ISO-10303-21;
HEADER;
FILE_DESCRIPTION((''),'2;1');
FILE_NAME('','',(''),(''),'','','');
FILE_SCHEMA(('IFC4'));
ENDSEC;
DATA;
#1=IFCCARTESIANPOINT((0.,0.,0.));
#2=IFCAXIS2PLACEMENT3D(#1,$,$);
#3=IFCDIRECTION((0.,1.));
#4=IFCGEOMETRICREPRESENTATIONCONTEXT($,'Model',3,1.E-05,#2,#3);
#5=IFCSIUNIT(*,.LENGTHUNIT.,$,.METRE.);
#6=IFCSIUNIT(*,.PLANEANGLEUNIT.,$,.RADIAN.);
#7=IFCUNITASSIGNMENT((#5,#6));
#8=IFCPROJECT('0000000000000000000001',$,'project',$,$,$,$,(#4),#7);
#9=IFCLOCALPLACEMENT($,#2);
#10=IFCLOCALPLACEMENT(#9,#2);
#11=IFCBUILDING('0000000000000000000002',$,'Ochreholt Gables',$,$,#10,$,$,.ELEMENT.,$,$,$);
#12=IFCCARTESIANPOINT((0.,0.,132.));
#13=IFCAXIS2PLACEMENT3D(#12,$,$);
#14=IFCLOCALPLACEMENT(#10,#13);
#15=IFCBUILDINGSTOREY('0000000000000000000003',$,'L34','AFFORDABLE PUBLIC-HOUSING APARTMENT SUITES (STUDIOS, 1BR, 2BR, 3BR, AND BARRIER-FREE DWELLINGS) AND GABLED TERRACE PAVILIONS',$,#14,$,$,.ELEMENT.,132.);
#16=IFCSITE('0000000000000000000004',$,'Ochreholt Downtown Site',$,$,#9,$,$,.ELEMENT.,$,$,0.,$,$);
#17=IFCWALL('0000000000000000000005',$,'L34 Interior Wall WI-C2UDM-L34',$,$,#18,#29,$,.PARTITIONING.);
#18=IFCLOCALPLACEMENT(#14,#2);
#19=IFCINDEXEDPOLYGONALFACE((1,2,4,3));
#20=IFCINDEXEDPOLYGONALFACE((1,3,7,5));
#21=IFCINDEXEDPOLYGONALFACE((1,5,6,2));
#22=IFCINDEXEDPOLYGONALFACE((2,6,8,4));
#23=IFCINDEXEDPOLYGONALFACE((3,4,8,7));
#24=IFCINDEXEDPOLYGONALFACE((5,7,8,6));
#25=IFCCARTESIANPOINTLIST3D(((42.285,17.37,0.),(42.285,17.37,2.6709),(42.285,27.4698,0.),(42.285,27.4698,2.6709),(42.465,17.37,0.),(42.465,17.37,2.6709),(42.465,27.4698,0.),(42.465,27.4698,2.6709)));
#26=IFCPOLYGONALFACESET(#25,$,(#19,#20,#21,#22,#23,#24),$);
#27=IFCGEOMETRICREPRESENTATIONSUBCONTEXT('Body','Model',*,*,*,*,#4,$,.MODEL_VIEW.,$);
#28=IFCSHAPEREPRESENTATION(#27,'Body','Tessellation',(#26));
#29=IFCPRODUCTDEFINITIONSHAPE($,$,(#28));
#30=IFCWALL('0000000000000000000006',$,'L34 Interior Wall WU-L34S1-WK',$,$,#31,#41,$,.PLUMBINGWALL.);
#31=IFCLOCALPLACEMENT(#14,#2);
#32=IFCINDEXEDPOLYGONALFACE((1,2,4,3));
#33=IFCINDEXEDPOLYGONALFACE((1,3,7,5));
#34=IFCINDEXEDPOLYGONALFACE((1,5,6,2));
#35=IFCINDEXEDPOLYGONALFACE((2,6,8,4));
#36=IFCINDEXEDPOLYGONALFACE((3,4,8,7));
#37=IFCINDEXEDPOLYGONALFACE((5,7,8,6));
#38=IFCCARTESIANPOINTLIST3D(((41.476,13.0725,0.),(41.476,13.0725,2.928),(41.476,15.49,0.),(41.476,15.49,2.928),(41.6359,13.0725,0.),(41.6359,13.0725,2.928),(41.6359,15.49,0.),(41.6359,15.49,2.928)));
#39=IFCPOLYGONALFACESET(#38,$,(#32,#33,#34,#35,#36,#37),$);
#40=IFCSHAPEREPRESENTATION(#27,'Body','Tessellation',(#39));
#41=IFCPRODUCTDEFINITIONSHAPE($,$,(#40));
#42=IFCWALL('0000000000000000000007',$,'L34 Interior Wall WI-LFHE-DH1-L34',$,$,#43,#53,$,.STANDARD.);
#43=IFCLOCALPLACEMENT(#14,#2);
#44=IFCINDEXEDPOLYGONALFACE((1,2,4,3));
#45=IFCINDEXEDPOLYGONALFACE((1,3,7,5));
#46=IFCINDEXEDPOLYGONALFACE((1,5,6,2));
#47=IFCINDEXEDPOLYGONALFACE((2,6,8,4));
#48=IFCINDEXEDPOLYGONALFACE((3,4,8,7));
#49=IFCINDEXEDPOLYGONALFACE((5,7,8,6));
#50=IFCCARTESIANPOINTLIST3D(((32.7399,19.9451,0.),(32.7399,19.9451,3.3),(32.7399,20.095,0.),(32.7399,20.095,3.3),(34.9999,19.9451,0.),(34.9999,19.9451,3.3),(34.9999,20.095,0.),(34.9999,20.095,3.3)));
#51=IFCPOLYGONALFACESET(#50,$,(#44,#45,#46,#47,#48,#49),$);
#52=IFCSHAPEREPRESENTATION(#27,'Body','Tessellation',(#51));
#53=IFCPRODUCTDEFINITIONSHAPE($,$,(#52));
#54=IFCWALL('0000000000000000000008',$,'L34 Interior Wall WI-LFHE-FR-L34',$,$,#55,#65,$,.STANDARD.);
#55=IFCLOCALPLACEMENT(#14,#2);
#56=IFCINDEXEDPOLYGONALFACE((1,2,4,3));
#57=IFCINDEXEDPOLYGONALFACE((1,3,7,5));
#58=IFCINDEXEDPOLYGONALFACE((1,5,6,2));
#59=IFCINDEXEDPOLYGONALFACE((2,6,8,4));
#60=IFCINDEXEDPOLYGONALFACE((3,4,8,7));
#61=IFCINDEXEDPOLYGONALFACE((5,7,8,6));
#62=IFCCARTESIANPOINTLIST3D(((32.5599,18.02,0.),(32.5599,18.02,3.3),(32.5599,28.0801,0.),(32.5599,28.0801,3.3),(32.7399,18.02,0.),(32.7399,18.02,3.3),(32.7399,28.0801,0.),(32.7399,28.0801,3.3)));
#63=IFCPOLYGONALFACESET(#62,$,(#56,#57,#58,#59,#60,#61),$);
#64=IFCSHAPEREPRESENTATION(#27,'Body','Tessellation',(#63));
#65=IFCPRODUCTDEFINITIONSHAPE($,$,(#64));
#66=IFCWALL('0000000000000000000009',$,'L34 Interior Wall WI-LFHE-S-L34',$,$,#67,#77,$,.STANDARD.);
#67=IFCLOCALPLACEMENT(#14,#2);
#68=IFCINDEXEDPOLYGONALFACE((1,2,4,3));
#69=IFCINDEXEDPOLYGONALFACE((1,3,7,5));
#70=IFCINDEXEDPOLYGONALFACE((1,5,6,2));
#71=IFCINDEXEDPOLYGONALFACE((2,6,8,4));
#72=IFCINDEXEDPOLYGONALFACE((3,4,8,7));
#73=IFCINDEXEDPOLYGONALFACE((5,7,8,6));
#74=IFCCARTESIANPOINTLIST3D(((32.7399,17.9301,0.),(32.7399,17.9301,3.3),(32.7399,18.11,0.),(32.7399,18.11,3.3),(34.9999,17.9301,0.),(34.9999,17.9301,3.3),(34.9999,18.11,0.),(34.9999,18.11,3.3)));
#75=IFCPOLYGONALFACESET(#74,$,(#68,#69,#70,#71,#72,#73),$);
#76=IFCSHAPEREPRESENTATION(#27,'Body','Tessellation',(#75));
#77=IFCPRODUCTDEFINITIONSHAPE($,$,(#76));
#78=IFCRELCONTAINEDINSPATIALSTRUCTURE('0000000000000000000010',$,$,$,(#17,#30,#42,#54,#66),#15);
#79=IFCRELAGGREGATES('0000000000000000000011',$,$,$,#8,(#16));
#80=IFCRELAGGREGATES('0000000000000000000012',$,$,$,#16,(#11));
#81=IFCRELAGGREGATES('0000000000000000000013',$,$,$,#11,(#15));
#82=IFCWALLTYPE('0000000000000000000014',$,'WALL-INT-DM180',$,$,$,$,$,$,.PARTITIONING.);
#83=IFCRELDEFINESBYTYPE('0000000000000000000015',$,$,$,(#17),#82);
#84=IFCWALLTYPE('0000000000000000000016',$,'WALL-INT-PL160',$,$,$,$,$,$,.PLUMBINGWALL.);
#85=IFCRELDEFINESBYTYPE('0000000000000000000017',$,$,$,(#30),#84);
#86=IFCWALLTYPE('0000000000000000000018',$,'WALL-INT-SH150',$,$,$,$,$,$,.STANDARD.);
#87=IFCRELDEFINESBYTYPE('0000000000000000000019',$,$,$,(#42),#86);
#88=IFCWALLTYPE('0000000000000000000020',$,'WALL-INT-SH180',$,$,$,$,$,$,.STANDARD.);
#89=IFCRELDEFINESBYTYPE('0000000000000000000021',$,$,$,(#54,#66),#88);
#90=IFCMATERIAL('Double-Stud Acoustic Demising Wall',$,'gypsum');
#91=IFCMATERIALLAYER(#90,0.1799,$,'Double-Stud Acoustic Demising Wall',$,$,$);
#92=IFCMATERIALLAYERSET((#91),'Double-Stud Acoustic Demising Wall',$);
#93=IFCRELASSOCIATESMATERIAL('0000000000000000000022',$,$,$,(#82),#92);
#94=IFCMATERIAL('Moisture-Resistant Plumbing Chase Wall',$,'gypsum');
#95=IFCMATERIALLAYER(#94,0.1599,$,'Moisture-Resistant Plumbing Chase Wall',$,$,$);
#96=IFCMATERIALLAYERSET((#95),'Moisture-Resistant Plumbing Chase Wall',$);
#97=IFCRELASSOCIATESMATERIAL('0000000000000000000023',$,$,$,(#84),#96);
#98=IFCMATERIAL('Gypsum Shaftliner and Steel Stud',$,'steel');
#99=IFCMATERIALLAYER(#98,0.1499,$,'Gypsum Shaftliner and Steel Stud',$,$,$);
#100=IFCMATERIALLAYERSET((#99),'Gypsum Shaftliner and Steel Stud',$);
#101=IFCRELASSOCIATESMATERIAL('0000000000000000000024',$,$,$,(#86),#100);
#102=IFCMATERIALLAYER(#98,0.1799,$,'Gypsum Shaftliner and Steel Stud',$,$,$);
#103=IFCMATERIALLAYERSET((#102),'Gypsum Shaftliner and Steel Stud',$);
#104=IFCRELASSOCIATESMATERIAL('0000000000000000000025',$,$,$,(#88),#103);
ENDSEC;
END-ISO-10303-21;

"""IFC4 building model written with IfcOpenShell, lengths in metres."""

from ifc_helpers import new_model, si_unit, direction, frame, frame_2d, origin, place, context, subcontext, project, spatial, rectangle, extrude, material, layer, layer_set, type_object, element, save


model = new_model("IFC4")

# Units and contexts
model_context = context("Model", 3, precision=1e-05, world=origin(), true_north=direction((0.0, 1.0)))
body_context = subcontext(model_context, "Body", "Model", "MODEL_VIEW")
ifc_project = project(units=[si_unit("LENGTHUNIT", "METRE"), si_unit("PLANEANGLEUNIT", "RADIAN")], contexts=[model_context])

# Site, building, storey
site_placement = place(None, origin())
site = spatial("IfcSite", under=ifc_project, at=site_placement, Name="Ochreholt Downtown Site", CompositionType="ELEMENT", RefElevation=0.0)
building_placement = place(site_placement, origin())
building = spatial("IfcBuilding", under=site, at=building_placement, Name="Ochreholt Gables", CompositionType="ELEMENT")
storey_placement = place(building_placement, frame((0.0, 0.0, 132.0)))
storey = spatial("IfcBuildingStorey", under=building, at=storey_placement, Name="L34", Description="AFFORDABLE PUBLIC-HOUSING APARTMENT SUITES (STUDIOS, 1BR, 2BR, 3BR, AND BARRIER-FREE DWELLINGS) AND GABLED TERRACE PAVILIONS", CompositionType="ELEMENT", Elevation=132.0)

# Walls
ifc_material_1 = material(Name="Double-Stud Acoustic Demising Wall", Category="gypsum")
ifc_layer_1 = layer(ifc_material_1, 0.1799, Name="Double-Stud Acoustic Demising Wall")
ifc_layer_set_1 = layer_set([ifc_layer_1], Name="Double-Stud Acoustic Demising Wall")
wall_type_1 = type_object("IfcWallType", Name="WALL-INT-DM180", PredefinedType="PARTITIONING", material=ifc_layer_set_1)
wall_1_placement = place(storey_placement, frame((42.375, 17.3701, 0.0), z_axis=(0.0, 0.0, 1.0), x_axis=(0.0, 1.0, 0.0)))
element("IfcWall", 1, at=wall_1_placement, inside=storey, type_object=wall_type_1, Name="L34 Interior Wall WI-C2UDM-L34", PredefinedType="PARTITIONING", context=body_context, shape_type="SweptSolid", body=[
    extrude(rectangle(XDim=10.0999, YDim=0.1799, at=frame_2d((5.0498, 0.0))), origin(), (0.0, 0.0, 1.0), 2.6709),
])
ifc_material_2 = material(Name="Moisture-Resistant Plumbing Chase Wall", Category="gypsum")
ifc_layer_2 = layer(ifc_material_2, 0.1599, Name="Moisture-Resistant Plumbing Chase Wall")
ifc_layer_set_2 = layer_set([ifc_layer_2], Name="Moisture-Resistant Plumbing Chase Wall")
wall_type_2 = type_object("IfcWallType", Name="WALL-INT-PL160", PredefinedType="PLUMBINGWALL", material=ifc_layer_set_2)
wall_2_placement = place(storey_placement, frame((41.5559, 13.0725, 0.0), z_axis=(0.0, 0.0, 1.0), x_axis=(0.0, 1.0, 0.0)))
element("IfcWall", 2, at=wall_2_placement, inside=storey, type_object=wall_type_2, Name="L34 Interior Wall WU-L34S1-WK", PredefinedType="PLUMBINGWALL", context=body_context, shape_type="SweptSolid", body=[
    extrude(rectangle(XDim=2.4175, YDim=0.1599, at=frame_2d((1.2087, 0.0))), origin(), (0.0, 0.0, 1.0), 2.928),
])

# Walls
ifc_material_3 = material(Name="Gypsum Shaftliner and Steel Stud", Category="steel")
ifc_layer_3 = layer(ifc_material_3, 0.1499, Name="Gypsum Shaftliner and Steel Stud")
ifc_layer_set_3 = layer_set([ifc_layer_3], Name="Gypsum Shaftliner and Steel Stud")
wall_type_3 = type_object("IfcWallType", Name="WALL-INT-SH150", PredefinedType="STANDARD", material=ifc_layer_set_3)
wall_3_placement = place(storey_placement, frame((32.74, 20.02, 0.0), z_axis=(0.0, 0.0, 1.0), x_axis=(1.0, 0.0, 0.0)))
element("IfcWall", 3, at=wall_3_placement, inside=storey, type_object=wall_type_3, Name="L34 Interior Wall WI-LFHE-DH1-L34", PredefinedType="STANDARD", context=body_context, shape_type="SweptSolid", body=[
    extrude(rectangle(XDim=2.26, YDim=0.1499, at=frame_2d((1.1299, 0.0))), origin(), (0.0, 0.0, 1.0), 3.3),
])
ifc_layer_4 = layer(ifc_material_3, 0.1799, Name="Gypsum Shaftliner and Steel Stud")
ifc_layer_set_4 = layer_set([ifc_layer_4], Name="Gypsum Shaftliner and Steel Stud")
wall_type_4 = type_object("IfcWallType", Name="WALL-INT-SH180", PredefinedType="STANDARD", material=ifc_layer_set_4)
wall_4_placement = place(storey_placement, frame((32.6499, 18.02, 0.0), z_axis=(0.0, 0.0, 1.0), x_axis=(0.0, 1.0, 0.0)))
element("IfcWall", 4, at=wall_4_placement, inside=storey, type_object=wall_type_4, Name="L34 Interior Wall WI-LFHE-FR-L34", PredefinedType="STANDARD", context=body_context, shape_type="SweptSolid", body=[
    extrude(rectangle(XDim=10.0601, YDim=0.1799, at=frame_2d((5.03, 0.0))), origin(), (0.0, 0.0, 1.0), 3.3),
])
wall_5_placement = place(storey_placement, frame((32.74, 18.02, 0.0), z_axis=(0.0, 0.0, 1.0), x_axis=(1.0, 0.0, 0.0)))
element("IfcWall", 5, at=wall_5_placement, inside=storey, type_object=wall_type_4, Name="L34 Interior Wall WI-LFHE-S-L34", PredefinedType="STANDARD", context=body_context, shape_type="SweptSolid", body=[
    extrude(rectangle(XDim=2.26, YDim=0.1799, at=frame_2d((1.1299, 0.0))), origin(), (0.0, 0.0, 1.0), 3.3),
])

save(model, "model.ifc")
